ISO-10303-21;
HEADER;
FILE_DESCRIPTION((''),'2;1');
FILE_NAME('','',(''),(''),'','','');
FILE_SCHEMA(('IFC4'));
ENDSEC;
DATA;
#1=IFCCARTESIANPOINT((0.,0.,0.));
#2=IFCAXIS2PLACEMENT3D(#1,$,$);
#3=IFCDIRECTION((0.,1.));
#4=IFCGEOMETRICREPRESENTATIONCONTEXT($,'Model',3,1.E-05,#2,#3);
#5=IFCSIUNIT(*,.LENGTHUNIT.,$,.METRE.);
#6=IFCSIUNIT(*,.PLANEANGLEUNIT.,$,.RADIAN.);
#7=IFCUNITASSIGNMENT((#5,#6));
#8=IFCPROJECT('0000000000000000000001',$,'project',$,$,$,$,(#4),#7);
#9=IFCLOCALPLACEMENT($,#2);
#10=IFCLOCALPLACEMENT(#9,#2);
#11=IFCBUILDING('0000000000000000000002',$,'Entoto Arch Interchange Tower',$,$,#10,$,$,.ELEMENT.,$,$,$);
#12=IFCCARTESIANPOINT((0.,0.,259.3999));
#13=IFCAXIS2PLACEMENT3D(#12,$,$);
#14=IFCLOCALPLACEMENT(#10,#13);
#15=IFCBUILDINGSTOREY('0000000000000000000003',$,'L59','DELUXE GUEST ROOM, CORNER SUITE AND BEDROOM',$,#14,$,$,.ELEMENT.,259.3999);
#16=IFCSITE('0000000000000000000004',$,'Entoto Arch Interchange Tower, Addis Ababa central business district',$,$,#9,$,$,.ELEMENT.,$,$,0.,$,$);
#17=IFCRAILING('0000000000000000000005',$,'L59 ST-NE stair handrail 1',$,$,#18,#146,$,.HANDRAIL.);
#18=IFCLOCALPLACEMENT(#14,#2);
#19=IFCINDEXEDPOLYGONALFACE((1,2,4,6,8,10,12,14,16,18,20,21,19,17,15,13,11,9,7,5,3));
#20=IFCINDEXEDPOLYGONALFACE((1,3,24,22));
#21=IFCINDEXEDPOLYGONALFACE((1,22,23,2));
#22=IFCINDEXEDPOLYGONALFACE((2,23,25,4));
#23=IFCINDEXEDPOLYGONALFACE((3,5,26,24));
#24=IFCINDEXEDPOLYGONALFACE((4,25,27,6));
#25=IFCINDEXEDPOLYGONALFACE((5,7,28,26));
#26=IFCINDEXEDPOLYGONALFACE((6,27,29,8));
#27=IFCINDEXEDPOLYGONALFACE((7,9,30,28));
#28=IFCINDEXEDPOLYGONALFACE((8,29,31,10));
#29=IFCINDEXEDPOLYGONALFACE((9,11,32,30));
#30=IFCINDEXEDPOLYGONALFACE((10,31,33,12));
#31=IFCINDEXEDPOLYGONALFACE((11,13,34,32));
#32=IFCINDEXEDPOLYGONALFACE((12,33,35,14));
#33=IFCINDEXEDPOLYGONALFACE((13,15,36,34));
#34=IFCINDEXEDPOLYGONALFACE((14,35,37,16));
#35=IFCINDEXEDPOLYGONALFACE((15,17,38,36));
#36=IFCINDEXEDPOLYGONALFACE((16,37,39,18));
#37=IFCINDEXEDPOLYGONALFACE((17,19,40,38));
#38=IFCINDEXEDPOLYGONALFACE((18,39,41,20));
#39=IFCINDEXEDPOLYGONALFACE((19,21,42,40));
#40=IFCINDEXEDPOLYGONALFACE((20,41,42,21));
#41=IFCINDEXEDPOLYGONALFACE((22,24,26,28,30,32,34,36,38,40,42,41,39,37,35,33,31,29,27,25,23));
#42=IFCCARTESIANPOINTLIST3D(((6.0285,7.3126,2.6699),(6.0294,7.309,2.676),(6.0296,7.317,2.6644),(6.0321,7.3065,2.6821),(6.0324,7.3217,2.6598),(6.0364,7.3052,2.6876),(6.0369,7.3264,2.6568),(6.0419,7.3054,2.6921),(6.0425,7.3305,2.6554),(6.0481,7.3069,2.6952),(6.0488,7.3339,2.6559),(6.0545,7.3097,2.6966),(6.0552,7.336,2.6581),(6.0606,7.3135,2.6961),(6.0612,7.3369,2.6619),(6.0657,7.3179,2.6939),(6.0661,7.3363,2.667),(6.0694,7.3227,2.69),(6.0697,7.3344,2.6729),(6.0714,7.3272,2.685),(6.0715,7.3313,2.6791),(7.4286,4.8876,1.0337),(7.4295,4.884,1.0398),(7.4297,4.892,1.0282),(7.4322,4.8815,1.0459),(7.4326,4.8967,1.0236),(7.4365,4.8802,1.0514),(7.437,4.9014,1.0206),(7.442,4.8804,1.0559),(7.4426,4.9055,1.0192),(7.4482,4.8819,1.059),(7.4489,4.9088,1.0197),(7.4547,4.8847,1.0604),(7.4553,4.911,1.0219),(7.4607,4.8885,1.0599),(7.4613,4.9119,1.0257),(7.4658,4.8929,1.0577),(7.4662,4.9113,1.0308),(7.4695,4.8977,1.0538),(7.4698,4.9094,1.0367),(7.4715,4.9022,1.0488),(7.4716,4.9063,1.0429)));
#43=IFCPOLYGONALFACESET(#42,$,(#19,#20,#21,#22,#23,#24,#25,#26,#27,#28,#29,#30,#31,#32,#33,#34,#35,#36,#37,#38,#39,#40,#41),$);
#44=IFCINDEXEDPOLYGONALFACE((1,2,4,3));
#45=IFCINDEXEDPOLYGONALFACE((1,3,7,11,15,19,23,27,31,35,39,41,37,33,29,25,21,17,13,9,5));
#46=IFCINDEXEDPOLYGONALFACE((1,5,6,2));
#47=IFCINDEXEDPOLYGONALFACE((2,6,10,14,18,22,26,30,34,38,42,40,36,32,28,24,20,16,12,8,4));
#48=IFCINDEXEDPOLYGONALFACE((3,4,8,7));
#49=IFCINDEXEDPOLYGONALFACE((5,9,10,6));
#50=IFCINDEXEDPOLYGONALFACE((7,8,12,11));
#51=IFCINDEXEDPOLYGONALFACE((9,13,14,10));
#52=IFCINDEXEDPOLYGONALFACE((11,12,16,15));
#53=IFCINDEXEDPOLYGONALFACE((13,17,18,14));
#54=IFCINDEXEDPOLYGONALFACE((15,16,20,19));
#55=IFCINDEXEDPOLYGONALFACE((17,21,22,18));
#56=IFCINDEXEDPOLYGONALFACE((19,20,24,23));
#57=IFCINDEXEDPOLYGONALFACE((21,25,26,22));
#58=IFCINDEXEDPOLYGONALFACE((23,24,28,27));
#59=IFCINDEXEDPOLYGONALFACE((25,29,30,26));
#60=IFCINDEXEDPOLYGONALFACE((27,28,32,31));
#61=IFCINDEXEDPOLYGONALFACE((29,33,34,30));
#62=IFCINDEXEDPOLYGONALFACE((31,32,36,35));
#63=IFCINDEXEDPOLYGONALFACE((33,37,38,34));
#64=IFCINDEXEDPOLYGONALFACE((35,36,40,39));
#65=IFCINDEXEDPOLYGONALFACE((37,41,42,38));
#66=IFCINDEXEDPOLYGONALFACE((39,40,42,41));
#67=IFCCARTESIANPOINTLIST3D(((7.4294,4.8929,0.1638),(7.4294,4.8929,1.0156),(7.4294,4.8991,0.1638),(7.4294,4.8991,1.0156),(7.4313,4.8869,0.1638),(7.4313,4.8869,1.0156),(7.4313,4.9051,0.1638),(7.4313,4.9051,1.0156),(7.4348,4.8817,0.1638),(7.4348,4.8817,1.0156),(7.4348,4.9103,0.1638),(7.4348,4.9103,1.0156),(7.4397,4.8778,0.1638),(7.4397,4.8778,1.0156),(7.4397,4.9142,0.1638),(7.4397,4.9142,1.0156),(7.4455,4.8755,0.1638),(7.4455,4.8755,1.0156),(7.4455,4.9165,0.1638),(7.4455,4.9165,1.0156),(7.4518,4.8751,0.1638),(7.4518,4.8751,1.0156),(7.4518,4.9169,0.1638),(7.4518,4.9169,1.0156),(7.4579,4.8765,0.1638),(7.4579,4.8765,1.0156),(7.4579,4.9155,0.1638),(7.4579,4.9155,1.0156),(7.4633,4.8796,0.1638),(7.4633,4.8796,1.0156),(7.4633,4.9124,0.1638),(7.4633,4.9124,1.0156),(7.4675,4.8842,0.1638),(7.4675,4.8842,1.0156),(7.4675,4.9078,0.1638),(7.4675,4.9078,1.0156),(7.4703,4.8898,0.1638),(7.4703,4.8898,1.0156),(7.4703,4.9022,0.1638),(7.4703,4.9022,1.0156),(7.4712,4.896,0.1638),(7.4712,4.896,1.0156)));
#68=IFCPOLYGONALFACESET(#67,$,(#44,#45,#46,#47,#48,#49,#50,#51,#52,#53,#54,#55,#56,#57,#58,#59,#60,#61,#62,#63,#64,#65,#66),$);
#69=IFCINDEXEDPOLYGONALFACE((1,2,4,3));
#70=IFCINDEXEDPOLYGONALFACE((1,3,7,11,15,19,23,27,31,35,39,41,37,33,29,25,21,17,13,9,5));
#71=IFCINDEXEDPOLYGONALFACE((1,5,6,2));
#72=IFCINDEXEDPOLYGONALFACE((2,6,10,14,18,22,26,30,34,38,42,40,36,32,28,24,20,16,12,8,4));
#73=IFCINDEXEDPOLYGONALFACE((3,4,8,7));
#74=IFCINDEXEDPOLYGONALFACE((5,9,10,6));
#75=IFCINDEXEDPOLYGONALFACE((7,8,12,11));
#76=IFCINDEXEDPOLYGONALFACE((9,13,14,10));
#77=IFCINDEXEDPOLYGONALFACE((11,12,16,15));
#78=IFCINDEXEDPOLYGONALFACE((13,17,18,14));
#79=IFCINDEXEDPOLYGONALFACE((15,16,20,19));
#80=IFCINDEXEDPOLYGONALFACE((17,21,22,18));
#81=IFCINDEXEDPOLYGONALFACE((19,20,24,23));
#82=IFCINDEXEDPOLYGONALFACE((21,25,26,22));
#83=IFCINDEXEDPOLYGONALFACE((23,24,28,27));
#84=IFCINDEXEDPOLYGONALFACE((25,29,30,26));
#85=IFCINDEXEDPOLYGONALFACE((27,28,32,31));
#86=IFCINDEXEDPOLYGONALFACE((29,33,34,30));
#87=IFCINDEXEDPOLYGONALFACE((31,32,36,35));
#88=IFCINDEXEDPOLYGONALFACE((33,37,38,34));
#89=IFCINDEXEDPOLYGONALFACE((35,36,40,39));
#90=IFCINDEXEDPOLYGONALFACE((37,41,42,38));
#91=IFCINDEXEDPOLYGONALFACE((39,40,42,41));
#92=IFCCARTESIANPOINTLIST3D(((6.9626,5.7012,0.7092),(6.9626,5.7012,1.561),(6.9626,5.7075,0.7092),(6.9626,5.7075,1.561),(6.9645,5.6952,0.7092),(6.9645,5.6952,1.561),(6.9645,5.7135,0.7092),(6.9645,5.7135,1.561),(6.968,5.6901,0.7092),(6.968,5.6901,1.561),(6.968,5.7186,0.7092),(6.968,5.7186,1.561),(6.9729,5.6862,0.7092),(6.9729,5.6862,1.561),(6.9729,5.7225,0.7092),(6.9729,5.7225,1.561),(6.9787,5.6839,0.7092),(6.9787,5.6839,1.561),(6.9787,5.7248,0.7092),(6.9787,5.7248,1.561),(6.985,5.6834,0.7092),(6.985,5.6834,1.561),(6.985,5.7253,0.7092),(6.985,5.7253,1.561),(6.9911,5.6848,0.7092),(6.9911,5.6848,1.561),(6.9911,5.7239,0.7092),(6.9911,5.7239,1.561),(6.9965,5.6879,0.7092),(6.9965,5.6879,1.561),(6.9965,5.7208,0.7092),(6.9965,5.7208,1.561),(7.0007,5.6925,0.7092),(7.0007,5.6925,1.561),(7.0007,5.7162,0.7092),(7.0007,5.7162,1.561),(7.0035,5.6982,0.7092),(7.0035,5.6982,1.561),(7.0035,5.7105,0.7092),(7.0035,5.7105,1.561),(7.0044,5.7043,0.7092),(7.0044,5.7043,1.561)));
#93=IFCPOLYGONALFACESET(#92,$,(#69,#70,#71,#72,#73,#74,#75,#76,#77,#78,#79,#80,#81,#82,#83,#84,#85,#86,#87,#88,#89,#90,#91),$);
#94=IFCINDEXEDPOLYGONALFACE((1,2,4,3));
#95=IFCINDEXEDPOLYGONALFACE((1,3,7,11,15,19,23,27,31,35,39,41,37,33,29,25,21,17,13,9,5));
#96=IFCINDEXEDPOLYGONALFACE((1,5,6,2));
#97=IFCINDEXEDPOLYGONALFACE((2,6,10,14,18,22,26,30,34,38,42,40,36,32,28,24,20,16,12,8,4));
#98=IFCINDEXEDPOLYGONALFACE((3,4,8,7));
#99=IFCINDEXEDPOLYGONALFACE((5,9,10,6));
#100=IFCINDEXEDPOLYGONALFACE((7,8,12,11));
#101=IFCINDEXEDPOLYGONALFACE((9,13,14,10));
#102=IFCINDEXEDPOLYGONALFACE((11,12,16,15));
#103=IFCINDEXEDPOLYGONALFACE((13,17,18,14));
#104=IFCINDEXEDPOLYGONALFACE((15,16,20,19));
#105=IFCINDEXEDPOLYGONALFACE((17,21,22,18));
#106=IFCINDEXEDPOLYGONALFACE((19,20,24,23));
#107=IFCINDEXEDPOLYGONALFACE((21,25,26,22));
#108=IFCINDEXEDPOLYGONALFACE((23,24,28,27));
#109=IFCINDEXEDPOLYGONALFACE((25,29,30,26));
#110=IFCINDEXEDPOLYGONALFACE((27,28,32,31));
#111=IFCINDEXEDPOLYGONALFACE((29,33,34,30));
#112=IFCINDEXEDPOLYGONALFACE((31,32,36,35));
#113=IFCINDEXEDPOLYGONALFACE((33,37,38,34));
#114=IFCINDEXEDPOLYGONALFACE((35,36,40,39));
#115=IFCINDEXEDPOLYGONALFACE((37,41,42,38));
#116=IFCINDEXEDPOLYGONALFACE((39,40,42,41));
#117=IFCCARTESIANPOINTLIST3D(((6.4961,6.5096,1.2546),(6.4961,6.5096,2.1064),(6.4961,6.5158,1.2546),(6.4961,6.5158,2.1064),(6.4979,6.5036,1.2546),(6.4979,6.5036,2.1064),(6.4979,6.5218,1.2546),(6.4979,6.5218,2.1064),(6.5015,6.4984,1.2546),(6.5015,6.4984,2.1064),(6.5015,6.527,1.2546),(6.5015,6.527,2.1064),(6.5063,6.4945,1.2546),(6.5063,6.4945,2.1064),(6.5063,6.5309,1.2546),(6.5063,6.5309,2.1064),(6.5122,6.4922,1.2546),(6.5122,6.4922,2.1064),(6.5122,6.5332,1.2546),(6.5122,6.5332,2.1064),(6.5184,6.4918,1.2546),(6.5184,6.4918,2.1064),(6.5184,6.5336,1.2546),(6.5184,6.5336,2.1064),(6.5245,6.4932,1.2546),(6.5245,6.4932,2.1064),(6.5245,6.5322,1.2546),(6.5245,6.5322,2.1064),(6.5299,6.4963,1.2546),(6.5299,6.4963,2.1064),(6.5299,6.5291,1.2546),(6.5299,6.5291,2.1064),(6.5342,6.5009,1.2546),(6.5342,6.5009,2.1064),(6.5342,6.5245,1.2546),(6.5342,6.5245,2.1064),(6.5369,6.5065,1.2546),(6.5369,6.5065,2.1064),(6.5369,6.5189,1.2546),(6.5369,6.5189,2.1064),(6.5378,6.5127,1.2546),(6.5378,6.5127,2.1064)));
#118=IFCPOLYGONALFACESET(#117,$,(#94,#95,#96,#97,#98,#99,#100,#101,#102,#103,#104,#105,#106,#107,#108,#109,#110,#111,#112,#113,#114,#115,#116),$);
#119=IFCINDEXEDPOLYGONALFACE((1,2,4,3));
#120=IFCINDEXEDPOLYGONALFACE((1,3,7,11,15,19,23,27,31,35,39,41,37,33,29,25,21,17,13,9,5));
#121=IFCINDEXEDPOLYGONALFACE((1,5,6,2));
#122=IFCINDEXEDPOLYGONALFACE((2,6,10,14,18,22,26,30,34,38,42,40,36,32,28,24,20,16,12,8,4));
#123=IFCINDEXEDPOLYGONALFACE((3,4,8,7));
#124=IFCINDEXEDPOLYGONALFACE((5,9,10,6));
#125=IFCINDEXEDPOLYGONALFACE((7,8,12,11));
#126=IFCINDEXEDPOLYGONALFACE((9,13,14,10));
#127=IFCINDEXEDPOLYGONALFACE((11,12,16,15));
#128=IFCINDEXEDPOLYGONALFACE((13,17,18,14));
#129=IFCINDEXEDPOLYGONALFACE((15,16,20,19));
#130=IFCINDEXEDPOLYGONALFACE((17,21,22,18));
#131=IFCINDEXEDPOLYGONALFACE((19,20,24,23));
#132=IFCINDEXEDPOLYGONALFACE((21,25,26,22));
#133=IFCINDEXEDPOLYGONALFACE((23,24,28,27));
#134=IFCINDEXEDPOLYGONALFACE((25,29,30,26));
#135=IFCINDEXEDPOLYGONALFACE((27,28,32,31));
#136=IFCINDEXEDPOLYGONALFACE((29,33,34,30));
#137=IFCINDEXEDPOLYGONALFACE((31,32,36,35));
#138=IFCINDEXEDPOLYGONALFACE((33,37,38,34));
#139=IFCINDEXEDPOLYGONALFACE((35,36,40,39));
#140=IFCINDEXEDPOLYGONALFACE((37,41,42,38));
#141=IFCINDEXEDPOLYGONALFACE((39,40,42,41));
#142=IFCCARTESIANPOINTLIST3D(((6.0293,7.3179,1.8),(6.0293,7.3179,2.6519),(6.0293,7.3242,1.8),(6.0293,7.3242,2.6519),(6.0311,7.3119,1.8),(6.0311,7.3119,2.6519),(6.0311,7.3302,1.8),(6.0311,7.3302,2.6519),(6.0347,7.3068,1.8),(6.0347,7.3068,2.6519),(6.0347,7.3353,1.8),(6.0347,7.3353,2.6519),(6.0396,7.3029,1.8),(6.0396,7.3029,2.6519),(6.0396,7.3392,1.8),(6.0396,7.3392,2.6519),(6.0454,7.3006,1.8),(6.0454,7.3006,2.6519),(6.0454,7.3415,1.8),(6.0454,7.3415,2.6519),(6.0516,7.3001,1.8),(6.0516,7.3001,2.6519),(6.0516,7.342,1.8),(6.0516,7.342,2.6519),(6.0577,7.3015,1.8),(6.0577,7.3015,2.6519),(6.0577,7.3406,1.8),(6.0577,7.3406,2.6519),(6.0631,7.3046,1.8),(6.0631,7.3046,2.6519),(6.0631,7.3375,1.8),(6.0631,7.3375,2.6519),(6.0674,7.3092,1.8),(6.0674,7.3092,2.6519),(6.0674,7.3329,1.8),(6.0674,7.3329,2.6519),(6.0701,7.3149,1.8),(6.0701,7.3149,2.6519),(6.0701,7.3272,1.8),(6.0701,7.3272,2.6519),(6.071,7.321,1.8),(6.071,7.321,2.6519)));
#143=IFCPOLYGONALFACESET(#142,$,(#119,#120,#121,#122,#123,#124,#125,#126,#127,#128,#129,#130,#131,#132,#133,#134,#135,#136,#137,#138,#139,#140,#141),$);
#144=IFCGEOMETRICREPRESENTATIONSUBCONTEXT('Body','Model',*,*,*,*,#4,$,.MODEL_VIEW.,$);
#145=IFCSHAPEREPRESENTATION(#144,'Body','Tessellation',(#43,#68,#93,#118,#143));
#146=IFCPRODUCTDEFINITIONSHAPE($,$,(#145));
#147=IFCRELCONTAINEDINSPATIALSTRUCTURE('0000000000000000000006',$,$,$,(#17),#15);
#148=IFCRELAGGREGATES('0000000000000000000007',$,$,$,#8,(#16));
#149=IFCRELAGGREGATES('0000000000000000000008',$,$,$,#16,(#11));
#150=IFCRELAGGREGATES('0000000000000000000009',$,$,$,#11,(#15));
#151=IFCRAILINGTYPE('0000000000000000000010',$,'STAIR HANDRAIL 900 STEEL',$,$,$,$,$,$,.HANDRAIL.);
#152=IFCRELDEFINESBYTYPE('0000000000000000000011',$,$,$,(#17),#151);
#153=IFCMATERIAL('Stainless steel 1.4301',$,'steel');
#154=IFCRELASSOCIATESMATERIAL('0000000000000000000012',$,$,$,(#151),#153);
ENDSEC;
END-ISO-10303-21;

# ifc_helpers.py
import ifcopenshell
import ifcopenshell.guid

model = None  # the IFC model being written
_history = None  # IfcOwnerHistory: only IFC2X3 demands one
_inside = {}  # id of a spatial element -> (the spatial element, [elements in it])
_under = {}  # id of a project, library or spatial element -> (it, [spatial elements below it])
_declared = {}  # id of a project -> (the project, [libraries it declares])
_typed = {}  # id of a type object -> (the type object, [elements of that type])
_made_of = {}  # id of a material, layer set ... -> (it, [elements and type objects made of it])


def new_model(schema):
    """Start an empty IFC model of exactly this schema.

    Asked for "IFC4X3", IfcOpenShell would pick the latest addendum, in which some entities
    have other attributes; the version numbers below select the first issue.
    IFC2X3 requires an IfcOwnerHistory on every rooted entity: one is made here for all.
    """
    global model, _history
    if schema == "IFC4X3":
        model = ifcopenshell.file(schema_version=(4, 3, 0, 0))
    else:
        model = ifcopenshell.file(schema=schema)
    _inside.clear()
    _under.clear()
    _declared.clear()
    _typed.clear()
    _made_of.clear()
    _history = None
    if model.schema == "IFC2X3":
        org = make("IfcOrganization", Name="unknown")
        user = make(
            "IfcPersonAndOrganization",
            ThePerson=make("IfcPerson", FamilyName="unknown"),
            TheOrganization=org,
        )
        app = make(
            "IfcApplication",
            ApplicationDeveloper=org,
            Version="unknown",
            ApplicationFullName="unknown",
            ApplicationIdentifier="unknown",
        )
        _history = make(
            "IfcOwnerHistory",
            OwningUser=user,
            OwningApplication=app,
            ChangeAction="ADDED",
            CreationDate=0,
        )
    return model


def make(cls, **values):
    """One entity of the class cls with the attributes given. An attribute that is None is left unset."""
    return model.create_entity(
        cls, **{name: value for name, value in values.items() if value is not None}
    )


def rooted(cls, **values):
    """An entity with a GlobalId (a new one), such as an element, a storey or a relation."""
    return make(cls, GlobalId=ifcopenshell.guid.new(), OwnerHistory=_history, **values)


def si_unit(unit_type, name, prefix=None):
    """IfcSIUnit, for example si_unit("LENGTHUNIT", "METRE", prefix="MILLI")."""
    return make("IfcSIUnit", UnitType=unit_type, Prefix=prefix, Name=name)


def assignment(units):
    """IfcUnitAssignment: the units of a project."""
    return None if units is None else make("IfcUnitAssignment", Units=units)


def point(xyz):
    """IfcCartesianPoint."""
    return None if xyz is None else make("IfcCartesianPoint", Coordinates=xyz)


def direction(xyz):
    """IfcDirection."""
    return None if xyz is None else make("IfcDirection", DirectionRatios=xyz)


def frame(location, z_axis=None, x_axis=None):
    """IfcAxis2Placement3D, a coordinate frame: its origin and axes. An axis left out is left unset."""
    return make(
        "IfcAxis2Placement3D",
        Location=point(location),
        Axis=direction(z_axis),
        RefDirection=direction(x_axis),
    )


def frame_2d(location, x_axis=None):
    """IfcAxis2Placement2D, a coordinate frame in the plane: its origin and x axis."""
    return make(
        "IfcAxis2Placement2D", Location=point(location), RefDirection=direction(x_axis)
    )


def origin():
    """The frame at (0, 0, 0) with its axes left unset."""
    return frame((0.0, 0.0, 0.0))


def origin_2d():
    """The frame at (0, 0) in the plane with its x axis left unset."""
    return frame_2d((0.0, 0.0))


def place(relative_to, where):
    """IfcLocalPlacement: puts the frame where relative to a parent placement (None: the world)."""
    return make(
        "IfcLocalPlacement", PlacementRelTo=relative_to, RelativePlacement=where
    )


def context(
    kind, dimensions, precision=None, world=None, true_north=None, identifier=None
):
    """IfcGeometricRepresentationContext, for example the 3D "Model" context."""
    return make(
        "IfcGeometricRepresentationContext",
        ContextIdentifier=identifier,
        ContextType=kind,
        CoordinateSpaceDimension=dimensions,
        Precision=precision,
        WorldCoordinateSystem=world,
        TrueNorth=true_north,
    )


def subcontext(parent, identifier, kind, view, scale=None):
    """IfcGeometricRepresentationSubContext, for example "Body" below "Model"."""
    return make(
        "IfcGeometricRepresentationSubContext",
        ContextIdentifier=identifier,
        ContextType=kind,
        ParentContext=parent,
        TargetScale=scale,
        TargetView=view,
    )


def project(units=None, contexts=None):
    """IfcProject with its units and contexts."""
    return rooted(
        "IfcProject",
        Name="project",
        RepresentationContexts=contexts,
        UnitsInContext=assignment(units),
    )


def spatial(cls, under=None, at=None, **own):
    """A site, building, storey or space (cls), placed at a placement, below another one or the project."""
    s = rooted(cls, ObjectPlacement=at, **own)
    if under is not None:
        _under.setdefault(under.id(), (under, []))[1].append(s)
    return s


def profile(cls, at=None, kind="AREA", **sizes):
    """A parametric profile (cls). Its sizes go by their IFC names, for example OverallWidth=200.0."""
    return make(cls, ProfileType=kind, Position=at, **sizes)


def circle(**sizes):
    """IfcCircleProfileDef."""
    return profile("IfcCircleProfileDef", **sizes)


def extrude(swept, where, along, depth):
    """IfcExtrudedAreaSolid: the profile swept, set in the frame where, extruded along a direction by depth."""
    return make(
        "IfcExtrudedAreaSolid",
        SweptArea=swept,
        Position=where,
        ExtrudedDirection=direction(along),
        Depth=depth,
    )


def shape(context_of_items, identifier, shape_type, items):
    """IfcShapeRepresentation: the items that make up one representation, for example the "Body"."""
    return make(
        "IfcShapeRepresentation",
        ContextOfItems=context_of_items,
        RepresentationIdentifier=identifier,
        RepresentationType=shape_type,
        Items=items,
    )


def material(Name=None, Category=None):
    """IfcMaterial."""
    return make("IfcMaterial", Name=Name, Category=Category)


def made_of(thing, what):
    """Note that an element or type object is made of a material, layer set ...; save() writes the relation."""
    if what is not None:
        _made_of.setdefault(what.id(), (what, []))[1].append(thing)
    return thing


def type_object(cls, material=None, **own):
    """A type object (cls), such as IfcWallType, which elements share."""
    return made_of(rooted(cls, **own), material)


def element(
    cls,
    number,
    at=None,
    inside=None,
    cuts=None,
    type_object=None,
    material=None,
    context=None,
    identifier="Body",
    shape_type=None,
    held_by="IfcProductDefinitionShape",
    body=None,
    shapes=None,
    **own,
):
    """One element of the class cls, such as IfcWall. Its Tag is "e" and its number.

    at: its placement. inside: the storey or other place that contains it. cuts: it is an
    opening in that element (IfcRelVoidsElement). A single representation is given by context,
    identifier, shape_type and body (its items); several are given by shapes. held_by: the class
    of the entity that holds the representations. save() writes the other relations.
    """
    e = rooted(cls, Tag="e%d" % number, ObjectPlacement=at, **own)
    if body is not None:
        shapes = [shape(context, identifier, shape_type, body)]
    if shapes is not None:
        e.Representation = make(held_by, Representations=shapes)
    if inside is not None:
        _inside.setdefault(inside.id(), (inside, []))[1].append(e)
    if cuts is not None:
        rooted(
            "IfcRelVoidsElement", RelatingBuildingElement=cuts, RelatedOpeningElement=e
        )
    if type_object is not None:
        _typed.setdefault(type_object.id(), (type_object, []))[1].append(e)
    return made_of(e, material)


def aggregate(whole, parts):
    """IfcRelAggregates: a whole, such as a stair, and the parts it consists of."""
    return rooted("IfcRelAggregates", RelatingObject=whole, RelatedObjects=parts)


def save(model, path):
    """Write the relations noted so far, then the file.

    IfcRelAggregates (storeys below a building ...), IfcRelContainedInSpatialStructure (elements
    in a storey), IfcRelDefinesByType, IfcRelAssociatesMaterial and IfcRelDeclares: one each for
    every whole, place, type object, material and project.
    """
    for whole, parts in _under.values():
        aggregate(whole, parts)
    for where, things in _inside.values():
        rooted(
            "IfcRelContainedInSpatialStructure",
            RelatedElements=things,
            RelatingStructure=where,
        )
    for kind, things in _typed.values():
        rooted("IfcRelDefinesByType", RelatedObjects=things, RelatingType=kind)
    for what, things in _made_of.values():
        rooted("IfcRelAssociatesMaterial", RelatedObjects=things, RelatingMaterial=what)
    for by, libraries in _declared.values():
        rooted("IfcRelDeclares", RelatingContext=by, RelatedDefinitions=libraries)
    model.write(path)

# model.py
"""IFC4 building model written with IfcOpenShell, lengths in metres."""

from ifc_helpers import new_model, si_unit, direction, frame, origin, origin_2d, place, context, subcontext, project, spatial, circle, extrude, material, type_object, element, save


model = new_model("IFC4")

# Units and contexts
model_context = context("Model", 3, precision=1e-05, world=origin(), true_north=direction((0.0, 1.0)))
body_context = subcontext(model_context, "Body", "Model", "MODEL_VIEW")
ifc_project = project(units=[si_unit("LENGTHUNIT", "METRE"), si_unit("PLANEANGLEUNIT", "RADIAN")], contexts=[model_context])

# Site, building, storey
site_placement = place(None, origin())
site = spatial("IfcSite", under=ifc_project, at=site_placement, Name="Entoto Arch Interchange Tower, Addis Ababa central business district", CompositionType="ELEMENT", RefElevation=0.0)
building_placement = place(site_placement, origin())
building = spatial("IfcBuilding", under=site, at=building_placement, Name="Entoto Arch Interchange Tower", CompositionType="ELEMENT")
storey_placement = place(building_placement, frame((0.0, 0.0, 259.3999)))
storey = spatial("IfcBuildingStorey", under=building, at=storey_placement, Name="L59", Description="DELUXE GUEST ROOM, CORNER SUITE AND BEDROOM", CompositionType="ELEMENT", Elevation=259.3999)

# Railing
ifc_material_1 = material(Name="Stainless steel 1.4301", Category="steel")
railing_type_1 = type_object("IfcRailingType", Name="STAIR HANDRAIL 900 STEEL", PredefinedType="HANDRAIL", material=ifc_material_1)
railing_1_placement = place(storey_placement, frame((7.4502, 4.896, 0.1638)))
element("IfcRailing", 1, at=railing_1_placement, inside=storey, type_object=railing_type_1, Name="L59 ST-NE stair handrail 1", PredefinedType="HANDRAIL", context=body_context, shape_type="SweptSolid", body=[
    extrude(circle(Radius=0.0239, at=origin_2d()), frame((0.0, 0.0, 0.876), z_axis=(-0.431714, 0.747727, 0.504507), x_axis=(-0.866019, -0.500012, 0.0)), (0.0, 0.0, 1.0), 3.2432),
    extrude(circle(Radius=0.021, at=origin_2d()), origin(), (0.0, 0.0, 1.0), 0.8518),
    extrude(circle(Radius=0.021, at=origin_2d()), frame((-0.4668, 0.8083, 0.5454)), (0.0, 0.0, 1.0), 0.8518),
    extrude(circle(Radius=0.021, at=origin_2d()), frame((-0.9333, 1.6167, 1.0908)), (0.0, 0.0, 1.0), 0.8518),
    extrude(circle(Radius=0.021, at=origin_2d()), frame((-1.4001, 2.425, 1.6362)), (0.0, 0.0, 1.0), 0.8518),
])

save(model, "model.ifc")
